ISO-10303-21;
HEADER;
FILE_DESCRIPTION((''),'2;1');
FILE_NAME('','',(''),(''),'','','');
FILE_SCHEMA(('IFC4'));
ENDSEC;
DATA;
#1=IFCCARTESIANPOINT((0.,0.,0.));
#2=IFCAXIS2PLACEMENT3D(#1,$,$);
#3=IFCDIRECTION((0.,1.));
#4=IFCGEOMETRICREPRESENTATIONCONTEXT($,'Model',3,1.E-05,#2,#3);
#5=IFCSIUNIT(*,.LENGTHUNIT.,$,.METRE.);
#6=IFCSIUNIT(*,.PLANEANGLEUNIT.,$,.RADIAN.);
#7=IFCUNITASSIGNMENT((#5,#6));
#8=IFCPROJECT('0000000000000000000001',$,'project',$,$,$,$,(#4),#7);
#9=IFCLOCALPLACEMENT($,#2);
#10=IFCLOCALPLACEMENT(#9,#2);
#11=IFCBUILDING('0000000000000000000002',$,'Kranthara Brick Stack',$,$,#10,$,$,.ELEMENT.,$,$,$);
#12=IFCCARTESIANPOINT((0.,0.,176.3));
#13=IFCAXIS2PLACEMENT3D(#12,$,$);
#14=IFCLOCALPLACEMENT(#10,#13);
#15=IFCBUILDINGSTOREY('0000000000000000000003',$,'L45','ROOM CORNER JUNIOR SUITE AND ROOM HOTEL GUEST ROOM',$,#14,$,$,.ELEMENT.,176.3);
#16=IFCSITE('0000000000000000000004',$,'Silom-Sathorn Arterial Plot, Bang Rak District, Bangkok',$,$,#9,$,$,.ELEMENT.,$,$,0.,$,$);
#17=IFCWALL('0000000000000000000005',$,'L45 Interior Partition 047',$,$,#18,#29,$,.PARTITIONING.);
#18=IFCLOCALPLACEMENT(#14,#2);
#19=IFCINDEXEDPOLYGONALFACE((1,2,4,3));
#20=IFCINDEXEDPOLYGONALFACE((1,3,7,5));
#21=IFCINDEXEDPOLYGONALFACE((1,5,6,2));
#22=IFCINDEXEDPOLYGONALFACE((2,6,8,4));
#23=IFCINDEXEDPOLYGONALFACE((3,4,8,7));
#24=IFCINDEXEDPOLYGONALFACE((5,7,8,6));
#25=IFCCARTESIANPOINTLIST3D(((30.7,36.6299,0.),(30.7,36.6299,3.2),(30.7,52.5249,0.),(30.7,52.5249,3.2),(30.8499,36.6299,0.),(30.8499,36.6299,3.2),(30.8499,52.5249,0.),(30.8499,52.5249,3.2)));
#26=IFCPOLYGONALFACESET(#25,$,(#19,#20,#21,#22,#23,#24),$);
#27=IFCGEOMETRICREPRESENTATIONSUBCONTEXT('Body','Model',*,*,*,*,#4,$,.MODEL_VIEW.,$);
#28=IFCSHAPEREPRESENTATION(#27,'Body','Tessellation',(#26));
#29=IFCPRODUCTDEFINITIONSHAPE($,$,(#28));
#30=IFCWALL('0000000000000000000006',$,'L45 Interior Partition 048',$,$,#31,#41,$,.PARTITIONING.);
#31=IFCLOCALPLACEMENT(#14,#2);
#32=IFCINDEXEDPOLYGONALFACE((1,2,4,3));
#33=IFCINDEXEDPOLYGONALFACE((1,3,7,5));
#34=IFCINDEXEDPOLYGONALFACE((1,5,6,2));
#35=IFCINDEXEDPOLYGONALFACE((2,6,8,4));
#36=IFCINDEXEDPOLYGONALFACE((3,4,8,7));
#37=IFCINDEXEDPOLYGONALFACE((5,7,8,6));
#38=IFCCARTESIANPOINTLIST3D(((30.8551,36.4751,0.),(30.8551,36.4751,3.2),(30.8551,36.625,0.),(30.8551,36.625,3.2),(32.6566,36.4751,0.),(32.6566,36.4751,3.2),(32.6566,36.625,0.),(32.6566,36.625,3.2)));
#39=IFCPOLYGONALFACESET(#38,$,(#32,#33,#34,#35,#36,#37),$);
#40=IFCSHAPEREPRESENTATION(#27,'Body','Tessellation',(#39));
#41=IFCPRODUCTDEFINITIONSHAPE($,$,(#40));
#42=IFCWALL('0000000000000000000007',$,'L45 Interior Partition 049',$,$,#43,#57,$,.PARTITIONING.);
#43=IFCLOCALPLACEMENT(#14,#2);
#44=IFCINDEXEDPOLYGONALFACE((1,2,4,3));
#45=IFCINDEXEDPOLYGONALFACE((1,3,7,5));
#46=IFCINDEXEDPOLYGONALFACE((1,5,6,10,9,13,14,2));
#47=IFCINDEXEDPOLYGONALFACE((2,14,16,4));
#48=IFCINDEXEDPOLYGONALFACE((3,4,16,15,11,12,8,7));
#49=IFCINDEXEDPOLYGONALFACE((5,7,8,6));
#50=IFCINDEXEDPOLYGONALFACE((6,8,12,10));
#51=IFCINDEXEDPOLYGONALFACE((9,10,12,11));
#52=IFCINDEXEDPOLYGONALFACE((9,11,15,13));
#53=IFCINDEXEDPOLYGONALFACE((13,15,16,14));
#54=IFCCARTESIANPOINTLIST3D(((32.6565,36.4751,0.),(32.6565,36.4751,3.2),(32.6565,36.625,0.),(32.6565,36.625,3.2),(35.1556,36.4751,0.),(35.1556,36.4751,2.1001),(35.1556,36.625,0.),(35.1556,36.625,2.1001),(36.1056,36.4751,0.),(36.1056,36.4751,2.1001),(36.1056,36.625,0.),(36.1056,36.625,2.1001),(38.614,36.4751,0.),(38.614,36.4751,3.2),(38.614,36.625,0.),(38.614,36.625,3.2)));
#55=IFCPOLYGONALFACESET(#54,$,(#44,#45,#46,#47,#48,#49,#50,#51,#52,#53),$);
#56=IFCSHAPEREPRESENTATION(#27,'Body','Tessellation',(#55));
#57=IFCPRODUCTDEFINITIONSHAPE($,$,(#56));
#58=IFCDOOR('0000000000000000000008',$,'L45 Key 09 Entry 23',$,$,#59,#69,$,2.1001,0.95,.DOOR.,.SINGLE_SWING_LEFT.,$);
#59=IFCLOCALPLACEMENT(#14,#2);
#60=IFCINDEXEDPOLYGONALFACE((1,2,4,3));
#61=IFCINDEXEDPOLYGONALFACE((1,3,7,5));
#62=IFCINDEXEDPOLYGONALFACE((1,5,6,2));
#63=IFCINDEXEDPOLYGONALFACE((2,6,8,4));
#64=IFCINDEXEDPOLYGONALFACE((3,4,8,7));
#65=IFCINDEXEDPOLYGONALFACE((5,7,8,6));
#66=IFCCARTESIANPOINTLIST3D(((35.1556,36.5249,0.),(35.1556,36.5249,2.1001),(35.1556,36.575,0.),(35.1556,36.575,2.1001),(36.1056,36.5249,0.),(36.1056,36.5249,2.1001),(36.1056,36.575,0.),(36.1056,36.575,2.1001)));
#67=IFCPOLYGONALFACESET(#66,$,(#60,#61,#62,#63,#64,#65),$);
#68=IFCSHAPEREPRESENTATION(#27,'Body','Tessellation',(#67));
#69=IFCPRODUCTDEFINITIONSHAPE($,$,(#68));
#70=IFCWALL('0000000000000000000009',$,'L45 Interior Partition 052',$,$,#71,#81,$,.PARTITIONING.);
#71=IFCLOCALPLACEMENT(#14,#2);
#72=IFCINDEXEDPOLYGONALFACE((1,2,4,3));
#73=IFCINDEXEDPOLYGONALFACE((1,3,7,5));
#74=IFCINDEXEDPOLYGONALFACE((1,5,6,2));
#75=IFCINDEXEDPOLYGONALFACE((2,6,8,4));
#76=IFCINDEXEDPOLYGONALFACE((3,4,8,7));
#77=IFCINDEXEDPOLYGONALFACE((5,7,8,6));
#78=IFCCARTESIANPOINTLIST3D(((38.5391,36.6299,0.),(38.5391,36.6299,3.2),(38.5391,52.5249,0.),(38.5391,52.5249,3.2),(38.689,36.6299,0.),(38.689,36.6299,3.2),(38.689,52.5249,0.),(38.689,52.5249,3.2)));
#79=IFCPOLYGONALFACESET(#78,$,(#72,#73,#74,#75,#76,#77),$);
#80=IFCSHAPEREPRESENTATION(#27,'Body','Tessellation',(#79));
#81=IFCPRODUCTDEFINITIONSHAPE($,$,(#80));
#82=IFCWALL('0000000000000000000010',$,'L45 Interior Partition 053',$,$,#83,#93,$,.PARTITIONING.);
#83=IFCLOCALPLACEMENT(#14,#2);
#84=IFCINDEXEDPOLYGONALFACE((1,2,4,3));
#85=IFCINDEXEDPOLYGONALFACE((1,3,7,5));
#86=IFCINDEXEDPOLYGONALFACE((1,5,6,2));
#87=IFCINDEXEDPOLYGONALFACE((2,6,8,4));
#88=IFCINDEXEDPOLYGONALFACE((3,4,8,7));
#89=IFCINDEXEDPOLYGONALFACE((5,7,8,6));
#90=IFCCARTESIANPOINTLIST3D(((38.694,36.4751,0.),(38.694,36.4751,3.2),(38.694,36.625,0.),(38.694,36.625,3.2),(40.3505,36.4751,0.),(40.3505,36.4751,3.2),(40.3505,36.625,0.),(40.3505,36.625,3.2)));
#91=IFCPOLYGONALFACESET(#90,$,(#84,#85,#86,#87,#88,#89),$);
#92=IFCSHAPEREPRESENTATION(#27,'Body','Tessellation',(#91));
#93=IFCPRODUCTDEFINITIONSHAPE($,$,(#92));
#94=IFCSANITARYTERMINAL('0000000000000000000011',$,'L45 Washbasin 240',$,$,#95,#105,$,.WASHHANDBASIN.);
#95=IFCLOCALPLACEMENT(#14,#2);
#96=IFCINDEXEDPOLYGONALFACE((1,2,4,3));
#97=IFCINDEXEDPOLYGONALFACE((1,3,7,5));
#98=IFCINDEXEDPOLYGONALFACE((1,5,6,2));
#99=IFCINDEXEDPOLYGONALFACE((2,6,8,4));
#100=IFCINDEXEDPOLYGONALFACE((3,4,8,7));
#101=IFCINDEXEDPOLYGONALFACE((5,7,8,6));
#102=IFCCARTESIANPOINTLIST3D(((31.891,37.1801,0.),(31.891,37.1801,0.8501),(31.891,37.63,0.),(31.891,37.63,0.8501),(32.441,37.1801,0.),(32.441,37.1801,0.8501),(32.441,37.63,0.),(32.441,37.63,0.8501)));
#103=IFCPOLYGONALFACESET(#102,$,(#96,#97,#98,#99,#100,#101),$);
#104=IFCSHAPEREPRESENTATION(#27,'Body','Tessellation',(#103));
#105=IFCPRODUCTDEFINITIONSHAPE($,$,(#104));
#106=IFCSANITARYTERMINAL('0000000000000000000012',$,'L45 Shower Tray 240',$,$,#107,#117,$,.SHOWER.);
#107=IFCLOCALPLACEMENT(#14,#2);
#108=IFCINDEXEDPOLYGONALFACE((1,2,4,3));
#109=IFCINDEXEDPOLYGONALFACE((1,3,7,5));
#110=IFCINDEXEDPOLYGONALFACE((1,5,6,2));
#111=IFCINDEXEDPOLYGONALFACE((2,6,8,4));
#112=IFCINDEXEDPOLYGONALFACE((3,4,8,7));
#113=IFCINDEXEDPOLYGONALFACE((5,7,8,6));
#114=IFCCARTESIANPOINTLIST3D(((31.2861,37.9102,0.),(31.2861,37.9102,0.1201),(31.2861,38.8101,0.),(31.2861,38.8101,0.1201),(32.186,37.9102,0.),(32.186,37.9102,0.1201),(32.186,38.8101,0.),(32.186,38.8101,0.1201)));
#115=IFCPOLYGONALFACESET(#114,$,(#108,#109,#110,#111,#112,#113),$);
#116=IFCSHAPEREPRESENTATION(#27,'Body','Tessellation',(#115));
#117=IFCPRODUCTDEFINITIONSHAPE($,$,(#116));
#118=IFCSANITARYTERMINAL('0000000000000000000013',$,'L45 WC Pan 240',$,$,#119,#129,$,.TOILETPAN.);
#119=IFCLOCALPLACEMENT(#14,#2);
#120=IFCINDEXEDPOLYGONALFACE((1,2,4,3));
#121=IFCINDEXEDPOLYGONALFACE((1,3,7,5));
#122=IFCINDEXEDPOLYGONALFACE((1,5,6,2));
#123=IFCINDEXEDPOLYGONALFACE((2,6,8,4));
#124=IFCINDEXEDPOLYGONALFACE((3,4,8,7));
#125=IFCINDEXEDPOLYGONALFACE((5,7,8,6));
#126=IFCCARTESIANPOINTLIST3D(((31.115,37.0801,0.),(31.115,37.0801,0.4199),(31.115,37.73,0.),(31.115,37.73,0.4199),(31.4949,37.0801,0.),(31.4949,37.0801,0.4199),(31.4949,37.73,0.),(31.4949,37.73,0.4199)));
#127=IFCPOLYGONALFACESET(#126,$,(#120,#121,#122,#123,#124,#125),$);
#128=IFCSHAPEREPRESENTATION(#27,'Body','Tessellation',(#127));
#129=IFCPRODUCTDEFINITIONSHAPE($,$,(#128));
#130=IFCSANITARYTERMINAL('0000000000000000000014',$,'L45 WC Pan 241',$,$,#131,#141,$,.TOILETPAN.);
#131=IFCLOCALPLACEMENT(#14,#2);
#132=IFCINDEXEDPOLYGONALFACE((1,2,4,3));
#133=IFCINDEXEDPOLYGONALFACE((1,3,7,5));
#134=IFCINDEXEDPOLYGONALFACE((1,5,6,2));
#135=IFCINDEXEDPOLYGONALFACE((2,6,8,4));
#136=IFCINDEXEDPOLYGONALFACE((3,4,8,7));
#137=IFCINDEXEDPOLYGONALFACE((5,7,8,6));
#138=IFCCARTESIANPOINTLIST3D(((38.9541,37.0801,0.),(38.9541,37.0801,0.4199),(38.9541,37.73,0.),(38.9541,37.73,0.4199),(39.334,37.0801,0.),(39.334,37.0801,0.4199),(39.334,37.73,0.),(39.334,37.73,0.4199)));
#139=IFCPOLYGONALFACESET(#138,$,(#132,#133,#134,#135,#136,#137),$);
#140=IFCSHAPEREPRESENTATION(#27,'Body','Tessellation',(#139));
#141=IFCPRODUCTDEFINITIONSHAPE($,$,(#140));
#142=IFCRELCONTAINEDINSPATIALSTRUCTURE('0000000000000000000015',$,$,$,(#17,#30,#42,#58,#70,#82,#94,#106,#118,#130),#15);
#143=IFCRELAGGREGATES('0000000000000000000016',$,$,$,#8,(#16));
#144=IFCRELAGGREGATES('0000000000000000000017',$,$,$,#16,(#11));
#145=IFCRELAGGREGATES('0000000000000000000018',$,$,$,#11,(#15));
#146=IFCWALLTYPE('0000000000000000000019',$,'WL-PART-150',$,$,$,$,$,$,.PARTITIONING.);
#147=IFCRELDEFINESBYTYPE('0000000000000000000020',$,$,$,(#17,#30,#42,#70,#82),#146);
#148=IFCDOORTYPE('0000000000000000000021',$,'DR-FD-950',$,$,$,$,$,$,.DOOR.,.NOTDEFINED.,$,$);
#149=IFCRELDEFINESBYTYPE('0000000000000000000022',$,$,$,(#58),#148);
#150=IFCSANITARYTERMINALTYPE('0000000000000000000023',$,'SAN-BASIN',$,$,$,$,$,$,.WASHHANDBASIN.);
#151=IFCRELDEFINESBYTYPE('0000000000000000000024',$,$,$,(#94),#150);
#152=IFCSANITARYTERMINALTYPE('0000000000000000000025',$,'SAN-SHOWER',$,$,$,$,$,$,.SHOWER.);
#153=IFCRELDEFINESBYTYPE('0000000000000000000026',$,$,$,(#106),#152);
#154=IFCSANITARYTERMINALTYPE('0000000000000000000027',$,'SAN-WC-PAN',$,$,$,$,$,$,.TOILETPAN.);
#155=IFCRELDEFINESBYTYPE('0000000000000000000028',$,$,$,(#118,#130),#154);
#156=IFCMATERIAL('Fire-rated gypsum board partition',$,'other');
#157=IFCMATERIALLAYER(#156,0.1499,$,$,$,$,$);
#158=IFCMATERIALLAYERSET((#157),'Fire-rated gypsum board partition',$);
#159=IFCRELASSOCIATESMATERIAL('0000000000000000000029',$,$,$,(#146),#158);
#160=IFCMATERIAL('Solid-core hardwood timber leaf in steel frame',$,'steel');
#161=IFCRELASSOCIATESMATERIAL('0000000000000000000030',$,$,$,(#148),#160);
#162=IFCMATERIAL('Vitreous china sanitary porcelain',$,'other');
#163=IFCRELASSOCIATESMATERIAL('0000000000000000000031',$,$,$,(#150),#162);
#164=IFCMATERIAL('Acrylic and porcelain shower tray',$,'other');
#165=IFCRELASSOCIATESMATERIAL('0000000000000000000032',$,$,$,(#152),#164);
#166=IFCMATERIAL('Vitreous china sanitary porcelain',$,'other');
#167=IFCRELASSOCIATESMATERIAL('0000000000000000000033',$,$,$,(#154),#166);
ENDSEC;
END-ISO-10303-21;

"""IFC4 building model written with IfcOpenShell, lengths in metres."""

from ifc_helpers import new_model, si_unit, direction, frame, frame_2d, origin, origin_2d, place, context, subcontext, project, spatial, rectangle, extrude, material, layer, layer_set, type_object, element, fill, save


model = new_model("IFC4")

# Units and contexts
model_context = context("Model", 3, precision=1e-05, world=origin(), true_north=direction((0.0, 1.0)))
body_context = subcontext(model_context, "Body", "Model", "MODEL_VIEW")
ifc_project = project(units=[si_unit("LENGTHUNIT", "METRE"), si_unit("PLANEANGLEUNIT", "RADIAN")], contexts=[model_context])

# Site, building, storey
site_placement = place(None, origin())
site = spatial("IfcSite", under=ifc_project, at=site_placement, Name="Silom-Sathorn Arterial Plot, Bang Rak District, Bangkok", CompositionType="ELEMENT", RefElevation=0.0)
building_placement = place(site_placement, origin())
building = spatial("IfcBuilding", under=site, at=building_placement, Name="Kranthara Brick Stack", CompositionType="ELEMENT")
storey_placement = place(building_placement, frame((0.0, 0.0, 176.3)))
storey = spatial("IfcBuildingStorey", under=building, at=storey_placement, Name="L45", Description="ROOM CORNER JUNIOR SUITE AND ROOM HOTEL GUEST ROOM", CompositionType="ELEMENT", Elevation=176.3)

# Walls
ifc_material_1 = material(Name="Fire-rated gypsum board partition", Category="other")
ifc_layer_1 = layer(ifc_material_1, 0.1499)
ifc_layer_set_1 = layer_set([ifc_layer_1], Name="Fire-rated gypsum board partition")
wall_type_1 = type_object("IfcWallType", Name="WL-PART-150", PredefinedType="PARTITIONING", material=ifc_layer_set_1)
wall_1_placement = place(storey_placement, frame((30.7749, 36.6299, 0.0), z_axis=(0.0, 0.0, 1.0), x_axis=(0.0, 1.0, 0.0)))
element("IfcWall", 1, at=wall_1_placement, inside=storey, type_object=wall_type_1, Name="L45 Interior Partition 047", PredefinedType="PARTITIONING", context=body_context, shape_type="SweptSolid", body=[
    extrude(rectangle(XDim=15.895, YDim=0.1499, at=frame_2d((7.9475, 0.0))), origin(), (0.0, 0.0, 1.0), 3.2),
])
wall_2_placement = place(storey_placement, frame((30.855, 36.55, 0.0), z_axis=(0.0, 0.0, 1.0), x_axis=(1.0, 0.0, 0.0)))
element("IfcWall", 2, at=wall_2_placement, inside=storey, type_object=wall_type_1, Name="L45 Interior Partition 048", PredefinedType="PARTITIONING", context=body_context, shape_type="SweptSolid", body=[
    extrude(rectangle(XDim=1.8015, YDim=0.1499, at=frame_2d((0.9009, 0.0))), origin(), (0.0, 0.0, 1.0), 3.2),
])

# Wall, opening, door
wall_3_placement = place(storey_placement, frame((32.6565, 36.55, 0.0), z_axis=(0.0, 0.0, 1.0), x_axis=(1.0, 0.0, 0.0)))
wall_3 = element("IfcWall", 3, at=wall_3_placement, inside=storey, type_object=wall_type_1, Name="L45 Interior Partition 049", PredefinedType="PARTITIONING", context=body_context, shape_type="SweptSolid", body=[
    extrude(rectangle(XDim=5.9575, YDim=0.1499, at=frame_2d((2.9788, 0.0))), origin(), (0.0, 0.0, 1.0), 3.2),
])
opening_1_placement = place(wall_3_placement, frame((2.499, 0.0, 0.0)))
opening_1 = element("IfcOpeningElement", 4, at=opening_1_placement, cuts=wall_3, PredefinedType="OPENING", context=body_context, shape_type="SweptSolid", body=[
    extrude(rectangle(XDim=0.95, YDim=2.1001, at=frame_2d((0.4751, 1.05))), frame((0.0, 0.085, 0.0), z_axis=(0.0, -1.0, 0.0), x_axis=(1.0, 0.0, 0.0)), (0.0, 0.0, 1.0), 0.1699),
])
ifc_material_2 = material(Name="Solid-core hardwood timber leaf in steel frame", Category="steel")
door_type_1 = type_object("IfcDoorType", Name="DR-FD-950", OperationType="NOTDEFINED", PredefinedType="DOOR", material=ifc_material_2)
door_1_placement = place(opening_1_placement, origin())
door_1 = element("IfcDoor", 5, at=door_1_placement, inside=storey, type_object=door_type_1, Name="L45 Key 09 Entry 23", OperationType="SINGLE_SWING_LEFT", OverallHeight=2.1001, OverallWidth=0.95, PredefinedType="DOOR", context=body_context, shape_type="SweptSolid", body=[
    extrude(rectangle(XDim=0.95, YDim=2.1001, at=frame_2d((0.4751, 1.05))), frame((0.0, 0.0249, 0.0), z_axis=(0.0, -1.0, 0.0), x_axis=(1.0, 0.0, 0.0)), (0.0, 0.0, 1.0), 0.05),
])
fill(opening_1, door_1)

# Walls
wall_4_placement = place(storey_placement, frame((38.614, 36.6299, 0.0), z_axis=(0.0, 0.0, 1.0), x_axis=(0.0, 1.0, 0.0)))
element("IfcWall", 6, at=wall_4_placement, inside=storey, type_object=wall_type_1, Name="L45 Interior Partition 052", PredefinedType="PARTITIONING", context=body_context, shape_type="SweptSolid", body=[
    extrude(rectangle(XDim=15.895, YDim=0.1499, at=frame_2d((7.9475, 0.0))), origin(), (0.0, 0.0, 1.0), 3.2),
])
wall_5_placement = place(storey_placement, frame((38.6941, 36.55, 0.0), z_axis=(0.0, 0.0, 1.0), x_axis=(1.0, 0.0, 0.0)))
element("IfcWall", 7, at=wall_5_placement, inside=storey, type_object=wall_type_1, Name="L45 Interior Partition 053", PredefinedType="PARTITIONING", context=body_context, shape_type="SweptSolid", body=[
    extrude(rectangle(XDim=1.6565, YDim=0.1499, at=frame_2d((0.8281, 0.0))), origin(), (0.0, 0.0, 1.0), 3.2),
])

# Sanitary terminals
ifc_material_3 = material(Name="Vitreous china sanitary porcelain", Category="other")
sanitary_terminal_type_1 = type_object("IfcSanitaryTerminalType", Name="SAN-BASIN", PredefinedType="WASHHANDBASIN", material=ifc_material_3)
sanitary_terminal_1_placement = place(storey_placement, frame((32.166, 37.405, 0.0), z_axis=(0.0, 0.0, 1.0), x_axis=(1.0, 0.0, 0.0)))
element("IfcSanitaryTerminal", 8, at=sanitary_terminal_1_placement, inside=storey, type_object=sanitary_terminal_type_1, Name="L45 Washbasin 240", PredefinedType="WASHHANDBASIN", context=body_context, shape_type="SweptSolid", body=[
    extrude(rectangle(XDim=0.55, YDim=0.45, at=origin_2d()), origin(), (0.0, 0.0, 1.0), 0.8501),
])
ifc_material_4 = material(Name="Acrylic and porcelain shower tray", Category="other")
sanitary_terminal_type_2 = type_object("IfcSanitaryTerminalType", Name="SAN-SHOWER", PredefinedType="SHOWER", material=ifc_material_4)
sanitary_terminal_2_placement = place(storey_placement, frame((31.7361, 38.3601, 0.0), z_axis=(0.0, 0.0, 1.0), x_axis=(1.0, 0.0, 0.0)))
element("IfcSanitaryTerminal", 9, at=sanitary_terminal_2_placement, inside=storey, type_object=sanitary_terminal_type_2, Name="L45 Shower Tray 240", PredefinedType="SHOWER", context=body_context, shape_type="SweptSolid", body=[
    extrude(rectangle(XDim=0.8999, YDim=0.8999, at=origin_2d()), origin(), (0.0, 0.0, 1.0), 0.1201),
])
ifc_material_5 = material(Name="Vitreous china sanitary porcelain", Category="other")
sanitary_terminal_type_3 = type_object("IfcSanitaryTerminalType", Name="SAN-WC-PAN", PredefinedType="TOILETPAN", material=ifc_material_5)
for number, where, z_axis, x_axis, name in (
    (10, (31.3049, 37.405, 0.0), (0.0, 0.0, 1.0), (1.0, 0.0, 0.0), "L45 WC Pan 240"),
    (11, (39.144, 37.405, 0.0), (0.0, 0.0, 1.0), (1.0, 0.0, 0.0), "L45 WC Pan 241"),
):
    element("IfcSanitaryTerminal", number, at=place(storey_placement, frame(where, z_axis=z_axis, x_axis=x_axis)), inside=storey, type_object=sanitary_terminal_type_3, Name=name, PredefinedType="TOILETPAN", context=body_context, shape_type="SweptSolid", body=[
        extrude(rectangle(XDim=0.3799, YDim=0.6499, at=origin_2d()), origin(), (0.0, 0.0, 1.0), 0.4199),
    ])

save(model, "model.ifc")
